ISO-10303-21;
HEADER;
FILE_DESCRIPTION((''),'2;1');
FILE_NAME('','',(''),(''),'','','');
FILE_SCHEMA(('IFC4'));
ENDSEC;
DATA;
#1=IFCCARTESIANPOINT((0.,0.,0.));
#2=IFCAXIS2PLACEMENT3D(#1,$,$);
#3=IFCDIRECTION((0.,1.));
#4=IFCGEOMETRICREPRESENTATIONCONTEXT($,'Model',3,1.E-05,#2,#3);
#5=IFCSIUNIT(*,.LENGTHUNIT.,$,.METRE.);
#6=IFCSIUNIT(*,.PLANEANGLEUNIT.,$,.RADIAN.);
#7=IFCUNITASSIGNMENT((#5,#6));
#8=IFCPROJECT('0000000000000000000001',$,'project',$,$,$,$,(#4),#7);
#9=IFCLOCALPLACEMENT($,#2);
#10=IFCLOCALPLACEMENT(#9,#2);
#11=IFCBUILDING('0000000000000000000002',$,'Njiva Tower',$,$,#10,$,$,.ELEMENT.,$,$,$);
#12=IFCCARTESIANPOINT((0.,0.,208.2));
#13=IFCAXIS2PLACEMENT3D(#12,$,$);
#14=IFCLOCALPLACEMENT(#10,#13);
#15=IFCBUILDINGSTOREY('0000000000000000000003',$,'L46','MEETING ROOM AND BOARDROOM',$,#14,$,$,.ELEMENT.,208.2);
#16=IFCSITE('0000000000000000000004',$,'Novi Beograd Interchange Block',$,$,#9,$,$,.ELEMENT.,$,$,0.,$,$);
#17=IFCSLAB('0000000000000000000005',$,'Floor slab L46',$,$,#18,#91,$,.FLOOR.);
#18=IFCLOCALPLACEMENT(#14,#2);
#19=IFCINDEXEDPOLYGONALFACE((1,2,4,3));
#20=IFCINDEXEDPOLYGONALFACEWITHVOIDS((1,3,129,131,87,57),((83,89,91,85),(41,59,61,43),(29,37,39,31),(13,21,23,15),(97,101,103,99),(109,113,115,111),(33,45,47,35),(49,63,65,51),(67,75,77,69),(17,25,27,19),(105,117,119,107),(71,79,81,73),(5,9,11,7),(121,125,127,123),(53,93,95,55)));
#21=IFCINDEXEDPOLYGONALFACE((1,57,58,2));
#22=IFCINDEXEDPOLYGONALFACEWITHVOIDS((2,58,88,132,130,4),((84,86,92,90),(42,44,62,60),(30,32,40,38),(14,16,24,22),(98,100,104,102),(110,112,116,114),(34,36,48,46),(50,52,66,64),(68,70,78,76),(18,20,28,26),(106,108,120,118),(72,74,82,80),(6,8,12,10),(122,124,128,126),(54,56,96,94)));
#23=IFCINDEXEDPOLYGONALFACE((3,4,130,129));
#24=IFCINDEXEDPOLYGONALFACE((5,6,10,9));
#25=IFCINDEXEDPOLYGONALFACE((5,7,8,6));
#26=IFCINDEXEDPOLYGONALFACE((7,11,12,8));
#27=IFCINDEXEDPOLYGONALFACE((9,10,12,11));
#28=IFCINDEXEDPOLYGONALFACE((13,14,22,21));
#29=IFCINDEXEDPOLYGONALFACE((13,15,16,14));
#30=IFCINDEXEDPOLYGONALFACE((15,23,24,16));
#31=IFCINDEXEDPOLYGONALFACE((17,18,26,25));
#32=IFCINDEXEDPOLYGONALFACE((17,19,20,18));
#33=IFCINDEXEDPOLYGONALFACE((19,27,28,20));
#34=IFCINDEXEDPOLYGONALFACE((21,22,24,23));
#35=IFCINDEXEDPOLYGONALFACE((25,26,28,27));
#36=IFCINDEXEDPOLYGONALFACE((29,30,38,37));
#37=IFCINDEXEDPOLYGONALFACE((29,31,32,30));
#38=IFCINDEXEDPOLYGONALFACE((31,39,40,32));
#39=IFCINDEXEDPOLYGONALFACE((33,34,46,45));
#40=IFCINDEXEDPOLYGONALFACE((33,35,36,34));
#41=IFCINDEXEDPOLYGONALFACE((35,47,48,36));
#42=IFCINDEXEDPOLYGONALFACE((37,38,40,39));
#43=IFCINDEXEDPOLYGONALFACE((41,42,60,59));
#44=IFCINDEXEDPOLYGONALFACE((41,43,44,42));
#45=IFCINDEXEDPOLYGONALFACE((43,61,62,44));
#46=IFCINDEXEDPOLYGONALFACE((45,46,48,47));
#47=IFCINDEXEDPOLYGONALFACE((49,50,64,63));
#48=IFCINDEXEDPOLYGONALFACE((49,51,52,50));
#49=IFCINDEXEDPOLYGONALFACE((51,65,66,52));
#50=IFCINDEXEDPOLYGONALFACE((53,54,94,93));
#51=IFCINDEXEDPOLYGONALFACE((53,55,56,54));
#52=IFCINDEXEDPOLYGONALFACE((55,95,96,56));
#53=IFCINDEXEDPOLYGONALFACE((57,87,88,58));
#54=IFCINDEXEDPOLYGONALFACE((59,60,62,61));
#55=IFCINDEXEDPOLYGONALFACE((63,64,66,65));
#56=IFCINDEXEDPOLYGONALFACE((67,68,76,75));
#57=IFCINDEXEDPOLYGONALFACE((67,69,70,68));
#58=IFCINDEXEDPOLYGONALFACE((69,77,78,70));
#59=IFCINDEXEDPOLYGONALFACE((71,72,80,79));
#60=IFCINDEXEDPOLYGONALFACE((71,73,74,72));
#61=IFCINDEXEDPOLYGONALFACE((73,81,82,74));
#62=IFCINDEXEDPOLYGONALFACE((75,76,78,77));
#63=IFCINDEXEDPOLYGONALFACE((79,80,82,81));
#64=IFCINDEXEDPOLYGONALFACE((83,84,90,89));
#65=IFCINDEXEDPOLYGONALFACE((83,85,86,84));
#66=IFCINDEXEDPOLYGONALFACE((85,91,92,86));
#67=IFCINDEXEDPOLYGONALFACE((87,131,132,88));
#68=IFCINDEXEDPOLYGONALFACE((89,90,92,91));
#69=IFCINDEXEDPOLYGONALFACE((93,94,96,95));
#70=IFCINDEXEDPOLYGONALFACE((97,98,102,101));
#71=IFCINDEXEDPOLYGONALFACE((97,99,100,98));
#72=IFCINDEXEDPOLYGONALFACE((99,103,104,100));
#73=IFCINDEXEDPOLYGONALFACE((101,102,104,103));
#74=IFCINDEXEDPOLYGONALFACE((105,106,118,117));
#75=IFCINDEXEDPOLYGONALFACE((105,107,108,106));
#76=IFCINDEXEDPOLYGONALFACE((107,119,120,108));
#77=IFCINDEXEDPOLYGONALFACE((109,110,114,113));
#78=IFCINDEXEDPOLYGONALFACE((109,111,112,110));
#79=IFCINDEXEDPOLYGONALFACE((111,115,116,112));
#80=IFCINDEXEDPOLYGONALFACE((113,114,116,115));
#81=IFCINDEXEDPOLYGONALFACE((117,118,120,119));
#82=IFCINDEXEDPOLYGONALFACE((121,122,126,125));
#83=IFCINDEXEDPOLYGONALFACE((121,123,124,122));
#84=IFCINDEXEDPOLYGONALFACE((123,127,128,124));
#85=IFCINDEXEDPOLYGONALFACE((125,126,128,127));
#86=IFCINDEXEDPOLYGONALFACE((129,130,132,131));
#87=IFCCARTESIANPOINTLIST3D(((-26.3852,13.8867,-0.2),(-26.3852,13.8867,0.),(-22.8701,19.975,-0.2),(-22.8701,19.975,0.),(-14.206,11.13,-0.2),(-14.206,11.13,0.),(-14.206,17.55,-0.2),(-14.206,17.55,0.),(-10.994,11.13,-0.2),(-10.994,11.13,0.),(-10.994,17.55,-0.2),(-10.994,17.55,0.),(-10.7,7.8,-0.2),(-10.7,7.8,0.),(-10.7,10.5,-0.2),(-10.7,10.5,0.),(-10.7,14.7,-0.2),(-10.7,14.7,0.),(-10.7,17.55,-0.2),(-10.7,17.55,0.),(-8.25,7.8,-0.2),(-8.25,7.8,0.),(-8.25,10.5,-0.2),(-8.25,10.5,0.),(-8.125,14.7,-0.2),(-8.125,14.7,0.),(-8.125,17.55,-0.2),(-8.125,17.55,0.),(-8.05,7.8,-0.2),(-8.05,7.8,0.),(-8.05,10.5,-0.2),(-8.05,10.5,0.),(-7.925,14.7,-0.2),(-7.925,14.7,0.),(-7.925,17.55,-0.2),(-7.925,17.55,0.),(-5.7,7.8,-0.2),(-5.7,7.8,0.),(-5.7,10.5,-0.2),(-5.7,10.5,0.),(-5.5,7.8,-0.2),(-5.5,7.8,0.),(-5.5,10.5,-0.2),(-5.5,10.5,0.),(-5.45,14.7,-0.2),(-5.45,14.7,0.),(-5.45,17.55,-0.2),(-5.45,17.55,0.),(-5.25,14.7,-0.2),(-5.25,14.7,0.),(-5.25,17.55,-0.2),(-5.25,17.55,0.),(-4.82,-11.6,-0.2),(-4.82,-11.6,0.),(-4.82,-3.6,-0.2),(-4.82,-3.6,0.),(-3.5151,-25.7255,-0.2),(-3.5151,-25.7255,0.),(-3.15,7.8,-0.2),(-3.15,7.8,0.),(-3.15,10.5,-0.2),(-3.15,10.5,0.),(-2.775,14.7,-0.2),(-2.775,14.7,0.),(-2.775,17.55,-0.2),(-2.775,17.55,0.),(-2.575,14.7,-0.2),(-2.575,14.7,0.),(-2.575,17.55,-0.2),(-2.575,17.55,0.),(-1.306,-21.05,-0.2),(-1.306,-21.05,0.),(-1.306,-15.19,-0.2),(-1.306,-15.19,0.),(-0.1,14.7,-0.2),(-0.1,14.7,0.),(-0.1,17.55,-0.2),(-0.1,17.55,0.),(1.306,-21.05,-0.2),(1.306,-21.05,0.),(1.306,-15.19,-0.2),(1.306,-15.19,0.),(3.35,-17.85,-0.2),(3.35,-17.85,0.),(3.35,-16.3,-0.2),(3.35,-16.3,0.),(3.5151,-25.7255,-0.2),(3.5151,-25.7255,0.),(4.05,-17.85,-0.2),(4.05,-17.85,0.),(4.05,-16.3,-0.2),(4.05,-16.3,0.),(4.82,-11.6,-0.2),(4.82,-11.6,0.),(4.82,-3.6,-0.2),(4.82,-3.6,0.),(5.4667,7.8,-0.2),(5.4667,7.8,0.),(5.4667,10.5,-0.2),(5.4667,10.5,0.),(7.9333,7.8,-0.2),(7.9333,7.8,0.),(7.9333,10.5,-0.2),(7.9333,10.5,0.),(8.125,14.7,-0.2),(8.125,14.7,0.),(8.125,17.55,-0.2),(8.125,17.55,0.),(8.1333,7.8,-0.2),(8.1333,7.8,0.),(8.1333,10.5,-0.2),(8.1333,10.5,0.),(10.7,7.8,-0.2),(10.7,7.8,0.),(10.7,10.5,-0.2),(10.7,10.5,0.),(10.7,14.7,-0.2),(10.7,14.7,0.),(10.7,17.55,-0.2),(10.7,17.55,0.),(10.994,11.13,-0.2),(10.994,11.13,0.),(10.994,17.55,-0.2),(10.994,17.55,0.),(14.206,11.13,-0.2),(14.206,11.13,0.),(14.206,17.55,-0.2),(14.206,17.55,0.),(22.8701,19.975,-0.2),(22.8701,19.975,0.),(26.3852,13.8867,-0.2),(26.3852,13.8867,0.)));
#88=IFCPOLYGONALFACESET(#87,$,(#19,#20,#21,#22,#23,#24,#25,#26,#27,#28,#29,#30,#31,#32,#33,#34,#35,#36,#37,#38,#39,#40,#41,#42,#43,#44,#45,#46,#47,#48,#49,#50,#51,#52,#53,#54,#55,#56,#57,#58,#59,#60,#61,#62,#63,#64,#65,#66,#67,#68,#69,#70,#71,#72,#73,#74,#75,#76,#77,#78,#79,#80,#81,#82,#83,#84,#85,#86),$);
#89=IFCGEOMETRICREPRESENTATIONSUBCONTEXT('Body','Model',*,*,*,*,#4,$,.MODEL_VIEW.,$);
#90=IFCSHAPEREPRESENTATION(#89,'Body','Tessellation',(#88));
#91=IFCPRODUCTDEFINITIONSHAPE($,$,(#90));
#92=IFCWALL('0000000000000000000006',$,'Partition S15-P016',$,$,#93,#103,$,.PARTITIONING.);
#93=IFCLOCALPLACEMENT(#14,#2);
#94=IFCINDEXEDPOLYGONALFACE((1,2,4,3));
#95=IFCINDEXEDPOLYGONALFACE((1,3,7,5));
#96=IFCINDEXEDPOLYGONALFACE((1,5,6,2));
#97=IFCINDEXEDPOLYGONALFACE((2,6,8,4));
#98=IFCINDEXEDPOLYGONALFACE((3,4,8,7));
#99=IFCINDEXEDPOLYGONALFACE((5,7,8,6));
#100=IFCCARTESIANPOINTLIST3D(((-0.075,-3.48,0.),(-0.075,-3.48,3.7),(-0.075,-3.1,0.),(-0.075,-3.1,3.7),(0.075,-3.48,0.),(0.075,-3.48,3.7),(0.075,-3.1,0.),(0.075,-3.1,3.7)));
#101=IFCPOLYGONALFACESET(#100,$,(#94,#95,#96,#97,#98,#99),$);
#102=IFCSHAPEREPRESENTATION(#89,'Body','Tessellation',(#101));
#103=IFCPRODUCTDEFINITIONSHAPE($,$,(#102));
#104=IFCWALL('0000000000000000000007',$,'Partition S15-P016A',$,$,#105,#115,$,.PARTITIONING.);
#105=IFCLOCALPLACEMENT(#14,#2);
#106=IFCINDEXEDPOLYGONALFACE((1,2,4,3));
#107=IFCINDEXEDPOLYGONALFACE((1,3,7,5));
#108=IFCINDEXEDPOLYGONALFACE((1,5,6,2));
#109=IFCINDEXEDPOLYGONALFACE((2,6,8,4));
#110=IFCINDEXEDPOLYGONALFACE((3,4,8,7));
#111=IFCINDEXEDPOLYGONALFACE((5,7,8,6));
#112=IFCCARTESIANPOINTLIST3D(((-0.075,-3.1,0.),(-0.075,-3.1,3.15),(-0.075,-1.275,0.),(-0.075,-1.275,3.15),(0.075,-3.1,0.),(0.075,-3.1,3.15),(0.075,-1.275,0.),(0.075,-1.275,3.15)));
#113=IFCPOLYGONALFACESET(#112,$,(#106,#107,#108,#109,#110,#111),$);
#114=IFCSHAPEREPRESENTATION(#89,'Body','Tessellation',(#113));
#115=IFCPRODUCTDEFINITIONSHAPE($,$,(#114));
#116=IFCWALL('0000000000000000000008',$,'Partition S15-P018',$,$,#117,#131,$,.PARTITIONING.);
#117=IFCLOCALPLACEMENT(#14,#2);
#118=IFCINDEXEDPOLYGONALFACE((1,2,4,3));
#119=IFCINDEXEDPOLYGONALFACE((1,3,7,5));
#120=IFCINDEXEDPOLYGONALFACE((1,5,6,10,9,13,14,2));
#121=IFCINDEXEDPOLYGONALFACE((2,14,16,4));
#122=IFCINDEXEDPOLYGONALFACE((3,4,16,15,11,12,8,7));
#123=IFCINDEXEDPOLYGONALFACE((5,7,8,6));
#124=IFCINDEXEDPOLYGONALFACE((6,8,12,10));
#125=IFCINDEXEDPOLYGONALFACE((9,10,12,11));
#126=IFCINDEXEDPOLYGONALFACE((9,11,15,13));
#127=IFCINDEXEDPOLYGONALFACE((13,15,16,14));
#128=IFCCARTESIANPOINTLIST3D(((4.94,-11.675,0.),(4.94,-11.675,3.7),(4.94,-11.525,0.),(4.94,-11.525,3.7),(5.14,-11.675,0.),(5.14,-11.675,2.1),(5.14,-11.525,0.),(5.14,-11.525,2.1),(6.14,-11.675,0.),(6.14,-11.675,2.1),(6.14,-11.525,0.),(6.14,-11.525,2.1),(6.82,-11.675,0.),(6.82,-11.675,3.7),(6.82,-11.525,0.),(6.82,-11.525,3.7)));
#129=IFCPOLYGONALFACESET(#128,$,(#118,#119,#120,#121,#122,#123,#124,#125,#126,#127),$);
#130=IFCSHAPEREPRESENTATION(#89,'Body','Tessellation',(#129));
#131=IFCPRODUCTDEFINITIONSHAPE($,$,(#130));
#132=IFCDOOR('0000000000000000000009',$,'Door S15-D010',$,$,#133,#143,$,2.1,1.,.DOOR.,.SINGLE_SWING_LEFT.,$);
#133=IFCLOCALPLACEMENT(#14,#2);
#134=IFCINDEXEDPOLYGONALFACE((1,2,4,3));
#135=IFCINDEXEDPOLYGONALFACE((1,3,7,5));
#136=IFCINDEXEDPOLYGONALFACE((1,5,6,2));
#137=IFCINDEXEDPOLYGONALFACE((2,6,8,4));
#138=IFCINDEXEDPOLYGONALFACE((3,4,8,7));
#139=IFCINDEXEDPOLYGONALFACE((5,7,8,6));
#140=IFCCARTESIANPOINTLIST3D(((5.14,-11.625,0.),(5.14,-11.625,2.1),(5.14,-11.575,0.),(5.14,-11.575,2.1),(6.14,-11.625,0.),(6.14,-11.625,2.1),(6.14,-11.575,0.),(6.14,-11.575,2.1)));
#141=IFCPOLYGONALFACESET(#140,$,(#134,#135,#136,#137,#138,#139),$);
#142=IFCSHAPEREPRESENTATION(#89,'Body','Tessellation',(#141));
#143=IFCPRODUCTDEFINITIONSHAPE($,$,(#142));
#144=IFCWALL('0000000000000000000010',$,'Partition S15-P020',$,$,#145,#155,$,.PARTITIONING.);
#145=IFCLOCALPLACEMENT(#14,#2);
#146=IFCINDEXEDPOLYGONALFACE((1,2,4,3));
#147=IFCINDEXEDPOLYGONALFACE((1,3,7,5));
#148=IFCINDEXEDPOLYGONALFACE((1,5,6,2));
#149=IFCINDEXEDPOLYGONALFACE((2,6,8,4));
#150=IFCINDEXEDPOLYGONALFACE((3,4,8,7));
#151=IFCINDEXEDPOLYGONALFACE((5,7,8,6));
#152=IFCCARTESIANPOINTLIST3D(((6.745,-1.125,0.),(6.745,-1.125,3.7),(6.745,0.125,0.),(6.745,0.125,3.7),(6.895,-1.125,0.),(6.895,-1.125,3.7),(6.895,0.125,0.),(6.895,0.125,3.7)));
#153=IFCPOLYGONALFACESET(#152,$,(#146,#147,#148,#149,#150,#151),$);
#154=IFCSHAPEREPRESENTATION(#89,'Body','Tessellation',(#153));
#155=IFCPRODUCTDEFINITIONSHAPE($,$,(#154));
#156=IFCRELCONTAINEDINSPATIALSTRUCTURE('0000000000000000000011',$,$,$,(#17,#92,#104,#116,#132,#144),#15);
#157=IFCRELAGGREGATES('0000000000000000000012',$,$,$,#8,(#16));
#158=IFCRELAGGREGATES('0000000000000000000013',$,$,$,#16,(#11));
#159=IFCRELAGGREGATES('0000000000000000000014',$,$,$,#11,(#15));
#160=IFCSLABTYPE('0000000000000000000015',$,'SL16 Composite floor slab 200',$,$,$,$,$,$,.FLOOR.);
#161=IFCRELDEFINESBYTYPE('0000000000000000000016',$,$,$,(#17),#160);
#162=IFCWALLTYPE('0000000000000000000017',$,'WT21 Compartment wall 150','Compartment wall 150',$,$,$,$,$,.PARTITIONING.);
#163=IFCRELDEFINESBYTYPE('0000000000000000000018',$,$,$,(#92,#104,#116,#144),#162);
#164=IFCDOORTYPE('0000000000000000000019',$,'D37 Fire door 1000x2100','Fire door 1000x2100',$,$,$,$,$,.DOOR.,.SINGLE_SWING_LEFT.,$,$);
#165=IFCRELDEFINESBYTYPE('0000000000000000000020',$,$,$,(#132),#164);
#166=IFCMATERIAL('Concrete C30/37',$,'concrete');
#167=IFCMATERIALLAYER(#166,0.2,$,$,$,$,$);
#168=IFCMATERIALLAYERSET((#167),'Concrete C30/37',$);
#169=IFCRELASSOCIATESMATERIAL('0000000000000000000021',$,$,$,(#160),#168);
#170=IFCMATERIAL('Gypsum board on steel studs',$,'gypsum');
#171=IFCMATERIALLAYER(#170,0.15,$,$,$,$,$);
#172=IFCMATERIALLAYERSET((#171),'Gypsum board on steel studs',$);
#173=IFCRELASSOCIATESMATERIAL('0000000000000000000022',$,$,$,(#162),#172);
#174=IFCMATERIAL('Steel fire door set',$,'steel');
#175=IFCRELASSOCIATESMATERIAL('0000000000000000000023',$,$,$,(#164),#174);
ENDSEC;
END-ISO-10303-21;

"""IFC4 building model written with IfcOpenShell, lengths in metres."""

from ifc_helpers import new_model, si_unit, direction, frame, frame_2d, origin, place, context, subcontext, project, spatial, polyline, rectangle, outline, extrude, material, layer, layer_set, type_object, element, fill, save


model = new_model("IFC4")

# Units and contexts
model_context = context("Model", 3, precision=1e-05, world=origin(), true_north=direction((0.0, 1.0)))
body_context = subcontext(model_context, "Body", "Model", "MODEL_VIEW")
ifc_project = project(units=[si_unit("LENGTHUNIT", "METRE"), si_unit("PLANEANGLEUNIT", "RADIAN")], contexts=[model_context])

# Site, building, storey
site_placement = place(None, origin())
site = spatial("IfcSite", under=ifc_project, at=site_placement, Name="Novi Beograd Interchange Block", CompositionType="ELEMENT", RefElevation=0.0)
building_placement = place(site_placement, origin())
building = spatial("IfcBuilding", under=site, at=building_placement, Name="Njiva Tower", CompositionType="ELEMENT")
storey_placement = place(building_placement, frame((0.0, 0.0, 208.2)))
storey = spatial("IfcBuildingStorey", under=building, at=storey_placement, Name="L46", Description="MEETING ROOM AND BOARDROOM", CompositionType="ELEMENT", Elevation=208.2)

# Slab
ifc_material_1 = material(Name="Concrete C30/37", Category="concrete")
ifc_layer_1 = layer(ifc_material_1, 0.2)
ifc_layer_set_1 = layer_set([ifc_layer_1], Name="Concrete C30/37")
slab_type_1 = type_object("IfcSlabType", Name="SL16 Composite floor slab 200", PredefinedType="FLOOR", material=ifc_layer_set_1)
slab_1_placement = place(storey_placement, frame((0.0, 0.0, -0.2)))
element("IfcSlab", 1, at=slab_1_placement, inside=storey, type_object=slab_type_1, Name="Floor slab L46", PredefinedType="FLOOR", context=body_context, shape_type="SweptSolid", body=[
    extrude(outline(polyline([(26.3852, 13.8867), (3.5151, -25.7255), (-3.5151, -25.7255), (-26.3852, 13.8867), (-22.8701, 19.975), (22.8701, 19.975), (26.3852, 13.8867)]), holes=[polyline([(10.994, 11.13), (14.206, 11.13), (14.206, 17.55), (10.994, 17.55), (10.994, 11.13)]), polyline([(8.125, 14.7), (10.7, 14.7), (10.7, 17.55), (8.125, 17.55), (8.125, 14.7)]), polyline([(8.1333, 7.8), (10.7, 7.8), (10.7, 10.5), (8.1333, 10.5), (8.1333, 7.8)]), polyline([(5.4667, 7.8), (7.9333, 7.8), (7.9333, 10.5), (5.4667, 10.5), (5.4667, 7.8)]), polyline([(4.82, -11.6), (4.82, -3.6), (-4.82, -3.6), (-4.82, -11.6), (4.82, -11.6)]), polyline([(3.35, -17.85), (4.05, -17.85), (4.05, -16.3), (3.35, -16.3), (3.35, -17.85)]), polyline([(-1.306, -21.05), (1.306, -21.05), (1.306, -15.19), (-1.306, -15.19), (-1.306, -21.05)]), polyline([(-2.575, 14.7), (-0.1, 14.7), (-0.1, 17.55), (-2.575, 17.55), (-2.575, 14.7)]), polyline([(-5.25, 14.7), (-2.775, 14.7), (-2.775, 17.55), (-5.25, 17.55), (-5.25, 14.7)]), polyline([(-5.5, 7.8), (-3.15, 7.8), (-3.15, 10.5), (-5.5, 10.5), (-5.5, 7.8)]), polyline([(-7.925, 14.7), (-5.45, 14.7), (-5.45, 17.55), (-7.925, 17.55), (-7.925, 14.7)]), polyline([(-8.05, 7.8), (-5.7, 7.8), (-5.7, 10.5), (-8.05, 10.5), (-8.05, 7.8)]), polyline([(-10.7, 14.7), (-8.125, 14.7), (-8.125, 17.55), (-10.7, 17.55), (-10.7, 14.7)]), polyline([(-8.25, 7.8), (-8.25, 10.5), (-10.7, 10.5), (-10.7, 7.8), (-8.25, 7.8)]), polyline([(-14.206, 11.13), (-10.994, 11.13), (-10.994, 17.55), (-14.206, 17.55), (-14.206, 11.13)])]), origin(), (0.0, 0.0, 1.0), 0.2),
])

# Walls
ifc_material_2 = material(Name="Gypsum board on steel studs", Category="gypsum")
ifc_layer_2 = layer(ifc_material_2, 0.15)
ifc_layer_set_2 = layer_set([ifc_layer_2], Name="Gypsum board on steel studs")
wall_type_1 = type_object("IfcWallType", Name="WT21 Compartment wall 150", Description="Compartment wall 150", PredefinedType="PARTITIONING", material=ifc_layer_set_2)
wall_1_placement = place(storey_placement, frame((0.0, -3.48, 0.0), z_axis=(0.0, 0.0, 1.0), x_axis=(0.0, 1.0, 0.0)))
element("IfcWall", 2, at=wall_1_placement, inside=storey, type_object=wall_type_1, Name="Partition S15-P016", PredefinedType="PARTITIONING", context=body_context, shape_type="SweptSolid", body=[
    extrude(rectangle(XDim=0.38, YDim=0.15, at=frame_2d((0.19, 0.0))), origin(), (0.0, 0.0, 1.0), 3.7),
])
wall_2_placement = place(storey_placement, frame((0.0, -3.1, 0.0), z_axis=(0.0, 0.0, 1.0), x_axis=(0.0, 1.0, 0.0)))
element("IfcWall", 3, at=wall_2_placement, inside=storey, type_object=wall_type_1, Name="Partition S15-P016A", PredefinedType="PARTITIONING", context=body_context, shape_type="SweptSolid", body=[
    extrude(rectangle(XDim=1.825, YDim=0.15, at=frame_2d((0.9125, 0.0))), origin(), (0.0, 0.0, 1.0), 3.15),
])

# Wall, opening, door
wall_3_placement = place(storey_placement, frame((4.94, -11.6, 0.0), z_axis=(0.0, 0.0, 1.0), x_axis=(1.0, 0.0, 0.0)))
wall_3 = element("IfcWall", 4, at=wall_3_placement, inside=storey, type_object=wall_type_1, Name="Partition S15-P018", PredefinedType="PARTITIONING", context=body_context, shape_type="SweptSolid", body=[
    extrude(rectangle(XDim=1.88, YDim=0.15, at=frame_2d((0.94, 0.0))), origin(), (0.0, 0.0, 1.0), 3.7),
])
opening_1_placement = place(wall_3_placement, frame((0.2, 0.0, 0.0)))
opening_1 = element("IfcOpeningElement", 5, at=opening_1_placement, cuts=wall_3, PredefinedType="OPENING", context=body_context, shape_type="SweptSolid", body=[
    extrude(rectangle(XDim=1.0, YDim=2.1, at=frame_2d((0.5, 1.05))), frame((0.0, 0.085, 0.0), z_axis=(0.0, -1.0, 0.0), x_axis=(1.0, 0.0, 0.0)), (0.0, 0.0, 1.0), 0.17),
])
ifc_material_3 = material(Name="Steel fire door set", Category="steel")
door_type = type_object("IfcDoorType", Name="D37 Fire door 1000x2100", Description="Fire door 1000x2100", OperationType="SINGLE_SWING_LEFT", PredefinedType="DOOR", material=ifc_material_3)
door_1_placement = place(opening_1_placement, origin())
door_1 = element("IfcDoor", 6, at=door_1_placement, inside=storey, type_object=door_type, Name="Door S15-D010", OperationType="SINGLE_SWING_LEFT", OverallHeight=2.1, OverallWidth=1.0, PredefinedType="DOOR", context=body_context, shape_type="SweptSolid", body=[
    extrude(rectangle(XDim=1.0, YDim=2.1, at=frame_2d((0.5, 1.05))), frame((0.0, 0.025, 0.0), z_axis=(0.0, -1.0, 0.0), x_axis=(1.0, 0.0, 0.0)), (0.0, 0.0, 1.0), 0.05),
])
fill(opening_1, door_1)

# Wall
wall_4_placement = place(storey_placement, frame((6.82, -1.125, 0.0), z_axis=(0.0, 0.0, 1.0), x_axis=(0.0, 1.0, 0.0)))
element("IfcWall", 7, at=wall_4_placement, inside=storey, type_object=wall_type_1, Name="Partition S15-P020", PredefinedType="PARTITIONING", context=body_context, shape_type="SweptSolid", body=[
    extrude(rectangle(XDim=1.25, YDim=0.15, at=frame_2d((0.625, 0.0))), origin(), (0.0, 0.0, 1.0), 3.7),
])

save(model, "model.ifc")
